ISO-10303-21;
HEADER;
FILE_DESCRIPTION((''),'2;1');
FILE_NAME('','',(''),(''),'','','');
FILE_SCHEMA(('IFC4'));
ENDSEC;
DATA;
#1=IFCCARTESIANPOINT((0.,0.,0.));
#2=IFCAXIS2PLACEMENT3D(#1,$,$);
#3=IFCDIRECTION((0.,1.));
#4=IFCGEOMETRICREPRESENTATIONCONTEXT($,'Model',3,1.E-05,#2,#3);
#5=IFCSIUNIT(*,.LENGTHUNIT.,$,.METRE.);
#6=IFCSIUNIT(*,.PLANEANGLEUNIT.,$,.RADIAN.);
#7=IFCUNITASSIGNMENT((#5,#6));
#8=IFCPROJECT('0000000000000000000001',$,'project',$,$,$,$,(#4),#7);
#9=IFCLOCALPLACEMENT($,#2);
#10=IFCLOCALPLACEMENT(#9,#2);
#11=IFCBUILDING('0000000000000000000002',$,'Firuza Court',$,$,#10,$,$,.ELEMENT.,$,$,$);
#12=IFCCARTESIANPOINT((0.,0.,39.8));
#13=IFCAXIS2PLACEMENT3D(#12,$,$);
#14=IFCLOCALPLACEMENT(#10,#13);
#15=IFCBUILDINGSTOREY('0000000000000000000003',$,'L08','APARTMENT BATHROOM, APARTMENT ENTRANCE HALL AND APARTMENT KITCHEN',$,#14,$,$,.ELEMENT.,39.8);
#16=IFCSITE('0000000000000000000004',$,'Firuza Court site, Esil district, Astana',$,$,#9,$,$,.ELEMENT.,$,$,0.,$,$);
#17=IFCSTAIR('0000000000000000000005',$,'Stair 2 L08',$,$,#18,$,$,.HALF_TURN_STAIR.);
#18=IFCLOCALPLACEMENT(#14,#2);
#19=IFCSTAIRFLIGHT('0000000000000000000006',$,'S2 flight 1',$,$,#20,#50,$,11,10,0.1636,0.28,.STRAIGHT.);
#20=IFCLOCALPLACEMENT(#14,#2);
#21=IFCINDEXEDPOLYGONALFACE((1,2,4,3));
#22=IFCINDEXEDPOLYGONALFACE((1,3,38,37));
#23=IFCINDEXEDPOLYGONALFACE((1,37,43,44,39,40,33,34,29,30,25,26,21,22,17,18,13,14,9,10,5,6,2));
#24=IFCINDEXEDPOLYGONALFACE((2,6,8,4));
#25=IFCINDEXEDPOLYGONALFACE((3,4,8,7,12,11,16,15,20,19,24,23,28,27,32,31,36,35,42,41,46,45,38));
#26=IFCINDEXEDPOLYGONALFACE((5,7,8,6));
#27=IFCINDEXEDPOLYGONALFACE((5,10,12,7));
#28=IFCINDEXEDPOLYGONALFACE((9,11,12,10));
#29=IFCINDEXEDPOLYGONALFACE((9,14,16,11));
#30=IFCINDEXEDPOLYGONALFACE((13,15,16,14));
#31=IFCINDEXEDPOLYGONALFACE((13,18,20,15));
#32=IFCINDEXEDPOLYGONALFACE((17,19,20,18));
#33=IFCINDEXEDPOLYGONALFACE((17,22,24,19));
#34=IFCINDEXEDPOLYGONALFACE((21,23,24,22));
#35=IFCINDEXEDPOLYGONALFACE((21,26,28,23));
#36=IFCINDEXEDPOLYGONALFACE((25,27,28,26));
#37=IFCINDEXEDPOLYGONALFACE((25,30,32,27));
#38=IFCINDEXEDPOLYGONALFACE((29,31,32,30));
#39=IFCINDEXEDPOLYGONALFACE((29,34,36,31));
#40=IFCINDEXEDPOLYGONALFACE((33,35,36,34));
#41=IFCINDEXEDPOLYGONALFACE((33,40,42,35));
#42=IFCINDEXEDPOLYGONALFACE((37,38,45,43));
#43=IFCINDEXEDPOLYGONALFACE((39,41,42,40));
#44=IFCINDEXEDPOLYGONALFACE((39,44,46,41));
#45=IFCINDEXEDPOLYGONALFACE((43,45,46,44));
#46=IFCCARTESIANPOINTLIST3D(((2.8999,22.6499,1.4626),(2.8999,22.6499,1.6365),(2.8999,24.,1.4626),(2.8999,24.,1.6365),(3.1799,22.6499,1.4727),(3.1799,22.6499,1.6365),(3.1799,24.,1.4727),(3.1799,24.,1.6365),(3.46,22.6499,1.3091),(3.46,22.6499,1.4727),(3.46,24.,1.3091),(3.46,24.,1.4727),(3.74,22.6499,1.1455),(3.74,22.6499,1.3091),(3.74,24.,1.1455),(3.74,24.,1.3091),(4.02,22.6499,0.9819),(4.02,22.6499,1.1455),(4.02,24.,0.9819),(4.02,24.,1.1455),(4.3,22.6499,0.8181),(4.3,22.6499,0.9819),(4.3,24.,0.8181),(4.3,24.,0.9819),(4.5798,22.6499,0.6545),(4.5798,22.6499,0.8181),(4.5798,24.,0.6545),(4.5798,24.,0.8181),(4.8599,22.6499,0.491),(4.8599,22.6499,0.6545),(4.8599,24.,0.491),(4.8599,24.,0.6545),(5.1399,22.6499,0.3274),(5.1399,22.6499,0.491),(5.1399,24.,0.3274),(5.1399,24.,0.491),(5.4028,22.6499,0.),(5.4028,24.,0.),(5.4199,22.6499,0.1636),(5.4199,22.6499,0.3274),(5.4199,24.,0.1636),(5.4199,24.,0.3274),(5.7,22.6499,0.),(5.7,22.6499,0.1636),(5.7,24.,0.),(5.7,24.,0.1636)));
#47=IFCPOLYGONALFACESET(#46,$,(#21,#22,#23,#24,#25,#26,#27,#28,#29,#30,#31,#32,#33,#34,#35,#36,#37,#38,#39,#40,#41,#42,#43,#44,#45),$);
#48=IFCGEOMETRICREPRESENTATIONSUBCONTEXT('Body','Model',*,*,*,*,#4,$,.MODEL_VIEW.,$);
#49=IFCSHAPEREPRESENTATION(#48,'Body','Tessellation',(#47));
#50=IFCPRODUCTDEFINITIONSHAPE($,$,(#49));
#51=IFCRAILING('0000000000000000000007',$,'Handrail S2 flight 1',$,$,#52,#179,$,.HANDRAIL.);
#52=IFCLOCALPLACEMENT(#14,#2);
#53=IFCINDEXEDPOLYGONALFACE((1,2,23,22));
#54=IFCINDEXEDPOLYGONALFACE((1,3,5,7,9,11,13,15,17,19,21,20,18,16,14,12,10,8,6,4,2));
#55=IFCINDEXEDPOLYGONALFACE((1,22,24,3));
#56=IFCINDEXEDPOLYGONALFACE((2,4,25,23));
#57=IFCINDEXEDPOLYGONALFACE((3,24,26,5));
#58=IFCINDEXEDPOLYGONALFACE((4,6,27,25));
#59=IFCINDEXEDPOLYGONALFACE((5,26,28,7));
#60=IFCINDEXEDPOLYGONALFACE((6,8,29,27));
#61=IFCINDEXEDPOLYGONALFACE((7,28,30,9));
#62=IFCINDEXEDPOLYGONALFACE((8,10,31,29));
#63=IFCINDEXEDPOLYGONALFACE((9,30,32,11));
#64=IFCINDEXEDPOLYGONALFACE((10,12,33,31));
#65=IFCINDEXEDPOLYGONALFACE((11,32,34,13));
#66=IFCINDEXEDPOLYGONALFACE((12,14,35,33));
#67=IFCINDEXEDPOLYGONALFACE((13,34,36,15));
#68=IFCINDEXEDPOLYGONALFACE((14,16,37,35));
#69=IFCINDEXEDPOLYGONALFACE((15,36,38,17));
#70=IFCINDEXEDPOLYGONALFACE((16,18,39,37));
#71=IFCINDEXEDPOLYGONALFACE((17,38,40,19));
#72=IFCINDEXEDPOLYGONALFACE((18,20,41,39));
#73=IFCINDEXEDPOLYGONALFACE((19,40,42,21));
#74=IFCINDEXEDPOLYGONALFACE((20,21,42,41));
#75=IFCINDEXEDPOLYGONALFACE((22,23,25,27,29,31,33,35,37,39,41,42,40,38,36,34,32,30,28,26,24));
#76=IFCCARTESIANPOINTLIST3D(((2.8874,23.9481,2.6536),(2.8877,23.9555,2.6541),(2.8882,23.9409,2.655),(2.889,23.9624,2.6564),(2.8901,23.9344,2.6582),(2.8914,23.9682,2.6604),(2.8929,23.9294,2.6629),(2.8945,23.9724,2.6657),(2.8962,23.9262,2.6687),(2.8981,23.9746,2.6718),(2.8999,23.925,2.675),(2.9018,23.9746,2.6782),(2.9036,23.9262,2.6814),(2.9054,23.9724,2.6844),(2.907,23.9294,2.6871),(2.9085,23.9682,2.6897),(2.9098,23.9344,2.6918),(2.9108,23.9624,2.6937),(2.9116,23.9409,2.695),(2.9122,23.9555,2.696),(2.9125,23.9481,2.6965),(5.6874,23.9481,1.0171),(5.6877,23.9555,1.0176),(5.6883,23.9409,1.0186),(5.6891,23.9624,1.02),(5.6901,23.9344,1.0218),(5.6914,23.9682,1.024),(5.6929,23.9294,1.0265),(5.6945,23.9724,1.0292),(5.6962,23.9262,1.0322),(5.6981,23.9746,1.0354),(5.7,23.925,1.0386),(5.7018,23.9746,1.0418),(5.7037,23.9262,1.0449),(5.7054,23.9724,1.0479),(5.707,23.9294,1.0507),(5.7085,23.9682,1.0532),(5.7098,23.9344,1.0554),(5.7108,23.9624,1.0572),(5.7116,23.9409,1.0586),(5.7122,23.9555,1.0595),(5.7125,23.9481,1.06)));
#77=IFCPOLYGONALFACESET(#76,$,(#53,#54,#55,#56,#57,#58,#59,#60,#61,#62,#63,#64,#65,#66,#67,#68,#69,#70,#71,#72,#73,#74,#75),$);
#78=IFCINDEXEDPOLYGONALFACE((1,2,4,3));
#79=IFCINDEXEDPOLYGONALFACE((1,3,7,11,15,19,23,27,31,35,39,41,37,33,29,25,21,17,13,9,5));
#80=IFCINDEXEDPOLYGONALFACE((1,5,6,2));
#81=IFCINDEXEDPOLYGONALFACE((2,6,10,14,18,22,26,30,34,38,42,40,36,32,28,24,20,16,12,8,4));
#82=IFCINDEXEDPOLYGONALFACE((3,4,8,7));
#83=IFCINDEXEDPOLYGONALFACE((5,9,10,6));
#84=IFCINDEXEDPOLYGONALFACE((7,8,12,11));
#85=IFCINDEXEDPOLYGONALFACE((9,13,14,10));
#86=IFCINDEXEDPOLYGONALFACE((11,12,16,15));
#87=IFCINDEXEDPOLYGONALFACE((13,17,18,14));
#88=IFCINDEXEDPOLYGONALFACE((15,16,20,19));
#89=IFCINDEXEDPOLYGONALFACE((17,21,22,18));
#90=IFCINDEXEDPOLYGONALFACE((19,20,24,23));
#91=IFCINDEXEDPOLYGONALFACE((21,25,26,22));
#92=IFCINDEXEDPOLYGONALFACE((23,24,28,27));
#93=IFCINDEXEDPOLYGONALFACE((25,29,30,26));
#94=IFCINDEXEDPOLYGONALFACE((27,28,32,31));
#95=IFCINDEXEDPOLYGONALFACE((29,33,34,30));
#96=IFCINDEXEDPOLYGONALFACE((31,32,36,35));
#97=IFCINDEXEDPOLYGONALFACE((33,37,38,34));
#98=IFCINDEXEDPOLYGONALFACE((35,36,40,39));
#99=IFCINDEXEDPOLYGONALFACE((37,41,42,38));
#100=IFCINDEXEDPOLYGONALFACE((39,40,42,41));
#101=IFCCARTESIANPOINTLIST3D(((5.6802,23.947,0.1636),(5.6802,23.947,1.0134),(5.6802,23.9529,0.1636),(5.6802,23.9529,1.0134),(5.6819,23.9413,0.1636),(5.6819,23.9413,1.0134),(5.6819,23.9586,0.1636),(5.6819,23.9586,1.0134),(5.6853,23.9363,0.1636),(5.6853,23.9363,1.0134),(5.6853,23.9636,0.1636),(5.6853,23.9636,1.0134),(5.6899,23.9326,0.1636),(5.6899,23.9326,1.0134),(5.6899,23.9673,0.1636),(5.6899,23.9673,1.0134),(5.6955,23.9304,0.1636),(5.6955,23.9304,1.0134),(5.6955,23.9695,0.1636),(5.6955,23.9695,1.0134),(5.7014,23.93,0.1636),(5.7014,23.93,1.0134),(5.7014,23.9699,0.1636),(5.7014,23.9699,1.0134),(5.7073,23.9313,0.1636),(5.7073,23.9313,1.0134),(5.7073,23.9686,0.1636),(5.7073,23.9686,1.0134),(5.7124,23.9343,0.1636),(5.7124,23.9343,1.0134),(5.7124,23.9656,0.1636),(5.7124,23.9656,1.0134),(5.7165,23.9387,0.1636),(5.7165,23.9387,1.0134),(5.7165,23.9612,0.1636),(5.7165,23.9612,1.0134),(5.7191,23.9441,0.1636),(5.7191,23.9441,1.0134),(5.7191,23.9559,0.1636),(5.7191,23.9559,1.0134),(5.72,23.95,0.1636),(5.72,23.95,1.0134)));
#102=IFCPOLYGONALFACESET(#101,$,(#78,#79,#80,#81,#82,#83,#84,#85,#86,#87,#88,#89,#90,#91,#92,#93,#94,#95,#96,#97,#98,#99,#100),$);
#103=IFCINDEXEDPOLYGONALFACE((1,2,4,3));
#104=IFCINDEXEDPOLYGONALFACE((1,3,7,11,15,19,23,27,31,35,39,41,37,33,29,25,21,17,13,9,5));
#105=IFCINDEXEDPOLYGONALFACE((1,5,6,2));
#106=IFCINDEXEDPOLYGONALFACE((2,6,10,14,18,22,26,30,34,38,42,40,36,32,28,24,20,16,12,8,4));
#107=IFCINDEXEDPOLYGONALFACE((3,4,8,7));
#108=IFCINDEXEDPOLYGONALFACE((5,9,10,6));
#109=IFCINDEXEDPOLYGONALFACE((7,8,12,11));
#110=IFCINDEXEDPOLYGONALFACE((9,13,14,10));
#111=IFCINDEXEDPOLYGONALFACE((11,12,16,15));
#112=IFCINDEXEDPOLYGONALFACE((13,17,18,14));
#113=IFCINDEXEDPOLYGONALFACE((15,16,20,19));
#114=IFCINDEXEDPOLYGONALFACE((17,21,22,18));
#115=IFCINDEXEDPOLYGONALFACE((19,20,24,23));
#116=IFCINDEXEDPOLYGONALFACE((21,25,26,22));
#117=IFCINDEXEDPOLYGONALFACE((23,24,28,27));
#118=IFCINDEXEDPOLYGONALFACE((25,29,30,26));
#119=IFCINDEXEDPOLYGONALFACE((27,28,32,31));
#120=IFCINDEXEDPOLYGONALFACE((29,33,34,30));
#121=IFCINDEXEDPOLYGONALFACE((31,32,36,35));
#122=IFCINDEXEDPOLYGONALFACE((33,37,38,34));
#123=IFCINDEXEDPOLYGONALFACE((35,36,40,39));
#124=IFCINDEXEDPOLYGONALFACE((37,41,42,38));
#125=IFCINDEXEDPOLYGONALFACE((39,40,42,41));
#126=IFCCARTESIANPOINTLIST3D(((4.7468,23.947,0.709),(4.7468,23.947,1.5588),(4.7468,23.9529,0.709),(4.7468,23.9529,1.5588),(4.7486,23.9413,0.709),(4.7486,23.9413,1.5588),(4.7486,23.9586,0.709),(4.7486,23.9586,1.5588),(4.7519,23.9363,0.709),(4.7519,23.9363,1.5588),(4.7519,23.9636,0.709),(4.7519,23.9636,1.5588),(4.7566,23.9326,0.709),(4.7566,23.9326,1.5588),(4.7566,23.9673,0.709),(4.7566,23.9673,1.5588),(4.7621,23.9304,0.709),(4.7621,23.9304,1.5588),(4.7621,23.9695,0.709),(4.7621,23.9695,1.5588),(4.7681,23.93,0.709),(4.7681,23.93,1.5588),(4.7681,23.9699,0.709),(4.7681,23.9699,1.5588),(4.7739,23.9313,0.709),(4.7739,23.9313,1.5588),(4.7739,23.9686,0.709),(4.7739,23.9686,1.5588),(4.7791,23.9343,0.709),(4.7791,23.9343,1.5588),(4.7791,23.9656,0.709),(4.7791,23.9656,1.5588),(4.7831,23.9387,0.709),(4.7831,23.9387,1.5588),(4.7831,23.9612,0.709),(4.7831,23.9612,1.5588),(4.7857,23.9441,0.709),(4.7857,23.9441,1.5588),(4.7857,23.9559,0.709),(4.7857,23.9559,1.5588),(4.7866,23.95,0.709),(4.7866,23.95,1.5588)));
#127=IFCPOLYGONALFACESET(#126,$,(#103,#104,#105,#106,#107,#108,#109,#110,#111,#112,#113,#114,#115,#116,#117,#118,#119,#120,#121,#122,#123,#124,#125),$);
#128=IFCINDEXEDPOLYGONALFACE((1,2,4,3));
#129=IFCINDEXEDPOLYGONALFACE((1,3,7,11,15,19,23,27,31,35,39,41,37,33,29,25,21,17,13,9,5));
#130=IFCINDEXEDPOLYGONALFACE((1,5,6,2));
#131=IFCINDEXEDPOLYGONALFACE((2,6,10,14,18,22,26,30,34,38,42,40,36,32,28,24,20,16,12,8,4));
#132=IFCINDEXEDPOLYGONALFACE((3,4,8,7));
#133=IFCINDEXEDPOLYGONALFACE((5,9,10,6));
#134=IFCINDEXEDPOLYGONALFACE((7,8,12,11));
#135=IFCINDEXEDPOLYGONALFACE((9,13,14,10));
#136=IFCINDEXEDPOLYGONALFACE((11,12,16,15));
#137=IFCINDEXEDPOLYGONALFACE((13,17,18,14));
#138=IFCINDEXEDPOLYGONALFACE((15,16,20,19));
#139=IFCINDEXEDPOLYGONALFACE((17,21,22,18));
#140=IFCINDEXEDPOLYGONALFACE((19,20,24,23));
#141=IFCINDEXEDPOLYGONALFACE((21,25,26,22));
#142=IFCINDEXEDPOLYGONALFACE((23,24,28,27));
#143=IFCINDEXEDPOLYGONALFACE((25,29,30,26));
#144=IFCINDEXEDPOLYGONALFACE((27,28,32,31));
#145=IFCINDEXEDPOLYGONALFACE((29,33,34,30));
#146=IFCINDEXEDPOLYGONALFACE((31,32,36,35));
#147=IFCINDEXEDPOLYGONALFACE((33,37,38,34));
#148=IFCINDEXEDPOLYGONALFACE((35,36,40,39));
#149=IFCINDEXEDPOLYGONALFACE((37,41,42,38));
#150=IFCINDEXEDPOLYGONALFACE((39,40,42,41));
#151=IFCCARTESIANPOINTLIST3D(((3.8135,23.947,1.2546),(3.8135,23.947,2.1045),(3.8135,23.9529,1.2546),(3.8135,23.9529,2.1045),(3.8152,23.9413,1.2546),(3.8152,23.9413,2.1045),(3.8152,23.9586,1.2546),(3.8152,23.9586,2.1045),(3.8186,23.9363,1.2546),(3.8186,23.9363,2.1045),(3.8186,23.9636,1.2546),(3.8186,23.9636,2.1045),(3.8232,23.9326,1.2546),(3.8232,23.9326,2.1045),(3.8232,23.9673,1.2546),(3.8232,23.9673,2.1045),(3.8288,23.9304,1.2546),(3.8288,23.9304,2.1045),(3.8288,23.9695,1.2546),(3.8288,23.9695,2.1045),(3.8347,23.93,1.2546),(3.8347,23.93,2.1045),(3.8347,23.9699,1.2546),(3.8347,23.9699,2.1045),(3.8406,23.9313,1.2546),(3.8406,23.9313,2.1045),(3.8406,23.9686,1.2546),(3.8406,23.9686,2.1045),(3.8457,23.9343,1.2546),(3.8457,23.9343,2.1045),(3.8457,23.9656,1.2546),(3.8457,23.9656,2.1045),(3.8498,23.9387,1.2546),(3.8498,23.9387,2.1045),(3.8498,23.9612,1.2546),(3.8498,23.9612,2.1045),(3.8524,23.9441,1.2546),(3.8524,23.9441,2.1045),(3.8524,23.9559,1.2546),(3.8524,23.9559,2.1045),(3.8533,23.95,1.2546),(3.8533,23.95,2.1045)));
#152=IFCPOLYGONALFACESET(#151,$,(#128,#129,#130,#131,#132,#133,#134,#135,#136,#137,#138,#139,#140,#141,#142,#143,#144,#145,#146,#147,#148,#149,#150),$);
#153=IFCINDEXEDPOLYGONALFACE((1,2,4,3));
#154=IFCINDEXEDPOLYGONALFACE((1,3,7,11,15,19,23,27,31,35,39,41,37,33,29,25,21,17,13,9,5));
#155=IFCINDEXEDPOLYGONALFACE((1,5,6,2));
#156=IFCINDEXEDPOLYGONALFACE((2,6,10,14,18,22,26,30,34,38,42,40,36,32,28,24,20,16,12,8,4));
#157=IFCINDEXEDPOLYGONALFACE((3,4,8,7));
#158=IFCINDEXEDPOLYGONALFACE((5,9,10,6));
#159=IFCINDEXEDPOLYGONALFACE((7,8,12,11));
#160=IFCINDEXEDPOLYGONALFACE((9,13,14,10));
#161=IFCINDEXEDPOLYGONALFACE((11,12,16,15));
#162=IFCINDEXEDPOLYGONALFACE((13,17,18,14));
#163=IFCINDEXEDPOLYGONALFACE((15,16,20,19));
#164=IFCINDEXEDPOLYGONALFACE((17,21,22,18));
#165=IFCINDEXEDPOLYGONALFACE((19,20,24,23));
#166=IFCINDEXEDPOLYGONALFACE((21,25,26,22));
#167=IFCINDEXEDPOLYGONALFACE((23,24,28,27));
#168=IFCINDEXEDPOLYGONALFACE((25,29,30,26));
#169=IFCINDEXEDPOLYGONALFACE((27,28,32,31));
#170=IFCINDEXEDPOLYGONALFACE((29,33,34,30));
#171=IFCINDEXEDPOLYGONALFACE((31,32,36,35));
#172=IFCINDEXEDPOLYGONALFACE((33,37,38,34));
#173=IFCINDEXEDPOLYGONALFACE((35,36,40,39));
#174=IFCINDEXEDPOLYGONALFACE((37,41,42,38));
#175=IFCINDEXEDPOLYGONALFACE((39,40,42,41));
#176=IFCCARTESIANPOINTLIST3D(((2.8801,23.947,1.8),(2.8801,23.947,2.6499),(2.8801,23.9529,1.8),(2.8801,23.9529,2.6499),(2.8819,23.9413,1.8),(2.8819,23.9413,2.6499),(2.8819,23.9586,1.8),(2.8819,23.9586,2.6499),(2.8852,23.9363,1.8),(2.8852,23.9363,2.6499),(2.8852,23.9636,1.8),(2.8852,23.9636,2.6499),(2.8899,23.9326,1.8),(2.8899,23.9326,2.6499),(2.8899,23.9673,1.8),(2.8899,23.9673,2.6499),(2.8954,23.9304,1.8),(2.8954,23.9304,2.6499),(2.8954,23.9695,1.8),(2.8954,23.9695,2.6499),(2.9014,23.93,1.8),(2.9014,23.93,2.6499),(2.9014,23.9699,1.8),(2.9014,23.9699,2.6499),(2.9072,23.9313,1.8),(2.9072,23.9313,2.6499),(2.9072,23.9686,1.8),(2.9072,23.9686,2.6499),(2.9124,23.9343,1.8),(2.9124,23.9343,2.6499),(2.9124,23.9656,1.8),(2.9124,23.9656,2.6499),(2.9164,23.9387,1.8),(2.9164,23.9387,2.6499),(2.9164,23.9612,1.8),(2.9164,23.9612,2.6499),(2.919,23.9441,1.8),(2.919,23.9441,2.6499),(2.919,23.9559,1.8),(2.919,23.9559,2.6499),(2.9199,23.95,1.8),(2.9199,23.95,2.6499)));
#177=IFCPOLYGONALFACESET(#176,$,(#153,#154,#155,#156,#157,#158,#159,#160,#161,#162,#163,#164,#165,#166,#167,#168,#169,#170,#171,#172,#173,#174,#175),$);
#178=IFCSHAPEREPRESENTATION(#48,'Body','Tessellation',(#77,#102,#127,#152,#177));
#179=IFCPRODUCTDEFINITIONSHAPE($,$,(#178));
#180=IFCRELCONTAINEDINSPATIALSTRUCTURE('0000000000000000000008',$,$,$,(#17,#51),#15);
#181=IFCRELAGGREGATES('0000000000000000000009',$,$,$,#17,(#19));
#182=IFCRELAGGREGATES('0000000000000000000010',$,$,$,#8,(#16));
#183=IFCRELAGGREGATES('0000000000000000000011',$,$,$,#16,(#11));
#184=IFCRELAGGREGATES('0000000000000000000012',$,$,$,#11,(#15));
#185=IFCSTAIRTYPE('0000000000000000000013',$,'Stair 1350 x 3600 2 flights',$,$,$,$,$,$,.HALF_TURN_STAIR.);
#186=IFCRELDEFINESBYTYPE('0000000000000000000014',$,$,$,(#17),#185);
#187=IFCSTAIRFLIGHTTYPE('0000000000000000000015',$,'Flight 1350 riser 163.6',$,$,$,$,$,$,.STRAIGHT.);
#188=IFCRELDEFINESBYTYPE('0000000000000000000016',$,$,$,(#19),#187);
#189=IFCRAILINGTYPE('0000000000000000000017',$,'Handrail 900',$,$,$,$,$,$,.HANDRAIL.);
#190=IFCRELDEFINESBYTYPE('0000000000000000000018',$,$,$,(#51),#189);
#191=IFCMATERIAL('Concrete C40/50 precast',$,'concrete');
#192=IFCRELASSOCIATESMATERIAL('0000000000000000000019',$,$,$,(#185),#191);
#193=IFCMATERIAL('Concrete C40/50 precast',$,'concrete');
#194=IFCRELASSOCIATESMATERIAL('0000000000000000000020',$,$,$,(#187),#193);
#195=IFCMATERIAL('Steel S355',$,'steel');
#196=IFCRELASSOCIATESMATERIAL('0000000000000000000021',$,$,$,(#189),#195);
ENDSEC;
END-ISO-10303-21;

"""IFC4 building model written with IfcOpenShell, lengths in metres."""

from ifc_helpers import new_model, si_unit, direction, frame, origin, origin_2d, place, context, subcontext, project, spatial, polyline, circle, outline, extrude, material, type_object, element, aggregate, save


model = new_model("IFC4")

# Units and contexts
model_context = context("Model", 3, precision=1e-05, world=origin(), true_north=direction((0.0, 1.0)))
body_context = subcontext(model_context, "Body", "Model", "MODEL_VIEW")
ifc_project = project(units=[si_unit("LENGTHUNIT", "METRE"), si_unit("PLANEANGLEUNIT", "RADIAN")], contexts=[model_context])

# Site, building, storey
site_placement = place(None, origin())
site = spatial("IfcSite", under=ifc_project, at=site_placement, Name="Firuza Court site, Esil district, Astana", CompositionType="ELEMENT", RefElevation=0.0)
building_placement = place(site_placement, origin())
building = spatial("IfcBuilding", under=site, at=building_placement, Name="Firuza Court", CompositionType="ELEMENT")
storey_placement = place(building_placement, frame((0.0, 0.0, 39.8)))
storey = spatial("IfcBuildingStorey", under=building, at=storey_placement, Name="L08", Description="APARTMENT BATHROOM, APARTMENT ENTRANCE HALL AND APARTMENT KITCHEN", CompositionType="ELEMENT", Elevation=39.8)

# Stair, stair flight
ifc_material_1 = material(Name="Concrete C40/50 precast", Category="concrete")
stair_type = type_object("IfcStairType", Name="Stair 1350 x 3600 2 flights", PredefinedType="HALF_TURN_STAIR", material=ifc_material_1)
stair_placement = place(storey_placement, origin())
stair = element("IfcStair", 1, at=stair_placement, inside=storey, type_object=stair_type, Name="Stair 2 L08", PredefinedType="HALF_TURN_STAIR")
ifc_material_2 = material(Name="Concrete C40/50 precast", Category="concrete")
stair_flight_type = type_object("IfcStairFlightType", Name="Flight 1350 riser 163.6", PredefinedType="STRAIGHT", material=ifc_material_2)
stair_flight_placement = place(storey_placement, frame((5.7, 23.325, 0.0), z_axis=(0.0, 0.0, 1.0), x_axis=(-1.0, 0.0, 0.0)))
stair_flight = element("IfcStairFlight", 2, at=stair_flight_placement, type_object=stair_flight_type, Name="S2 flight 1", NumberOfRisers=11, NumberOfTreads=10, PredefinedType="STRAIGHT", RiserHeight=0.1636, TreadLength=0.28, context=body_context, shape_type="SweptSolid", body=[
    extrude(outline(polyline([(0.0, 0.0), (0.0, 0.1636), (0.28, 0.1636), (0.28, 0.3274), (0.5601, 0.3274), (0.5601, 0.491), (0.8401, 0.491), (0.8401, 0.6545), (1.1201, 0.6545), (1.1201, 0.8181), (1.3999, 0.8181), (1.3999, 0.9819), (1.6799, 0.9819), (1.6799, 1.1455), (1.96, 1.1455), (1.96, 1.3091), (2.24, 1.3091), (2.24, 1.4727), (2.52, 1.4727), (2.52, 1.6365), (2.8, 1.6365), (2.8, 1.8), (2.8, 1.4626), (0.2971, 0.0), (0.0, 0.0)])), frame((0.0, 0.675, 0.0), z_axis=(0.0, -1.0, 0.0), x_axis=(1.0, 0.0, 0.0)), (0.0, 0.0, 1.0), 1.3501),
])
aggregate(stair, [stair_flight])

# Railing
ifc_material_3 = material(Name="Steel S355", Category="steel")
railing_type_1 = type_object("IfcRailingType", Name="Handrail 900", PredefinedType="HANDRAIL", material=ifc_material_3)
railing_1_placement = place(storey_placement, frame((5.7, 23.95, 0.1636)))
element("IfcRailing", 3, at=railing_1_placement, inside=storey, type_object=railing_type_1, Name="Handrail S2 flight 1", PredefinedType="HANDRAIL", context=body_context, shape_type="SweptSolid", body=[
    extrude(circle(Radius=0.0249, at=origin_2d()), frame((0.0, 0.0, 0.875), z_axis=(-0.863361, 0.0, 0.504587), x_axis=(0.0, -1.0, 0.0)), (0.0, 0.0, 1.0), 3.2432),
    extrude(circle(Radius=0.02, at=origin_2d()), origin(), (0.0, 0.0, 1.0), 0.8499),
    extrude(circle(Radius=0.02, at=origin_2d()), frame((-0.9333, 0.0, 0.5454)), (0.0, 0.0, 1.0), 0.8499),
    extrude(circle(Radius=0.02, at=origin_2d()), frame((-1.8667, 0.0, 1.0911)), (0.0, 0.0, 1.0), 0.8499),
    extrude(circle(Radius=0.02, at=origin_2d()), frame((-2.8, 0.0, 1.6365)), (0.0, 0.0, 1.0), 0.8499),
])

save(model, "model.ifc")
